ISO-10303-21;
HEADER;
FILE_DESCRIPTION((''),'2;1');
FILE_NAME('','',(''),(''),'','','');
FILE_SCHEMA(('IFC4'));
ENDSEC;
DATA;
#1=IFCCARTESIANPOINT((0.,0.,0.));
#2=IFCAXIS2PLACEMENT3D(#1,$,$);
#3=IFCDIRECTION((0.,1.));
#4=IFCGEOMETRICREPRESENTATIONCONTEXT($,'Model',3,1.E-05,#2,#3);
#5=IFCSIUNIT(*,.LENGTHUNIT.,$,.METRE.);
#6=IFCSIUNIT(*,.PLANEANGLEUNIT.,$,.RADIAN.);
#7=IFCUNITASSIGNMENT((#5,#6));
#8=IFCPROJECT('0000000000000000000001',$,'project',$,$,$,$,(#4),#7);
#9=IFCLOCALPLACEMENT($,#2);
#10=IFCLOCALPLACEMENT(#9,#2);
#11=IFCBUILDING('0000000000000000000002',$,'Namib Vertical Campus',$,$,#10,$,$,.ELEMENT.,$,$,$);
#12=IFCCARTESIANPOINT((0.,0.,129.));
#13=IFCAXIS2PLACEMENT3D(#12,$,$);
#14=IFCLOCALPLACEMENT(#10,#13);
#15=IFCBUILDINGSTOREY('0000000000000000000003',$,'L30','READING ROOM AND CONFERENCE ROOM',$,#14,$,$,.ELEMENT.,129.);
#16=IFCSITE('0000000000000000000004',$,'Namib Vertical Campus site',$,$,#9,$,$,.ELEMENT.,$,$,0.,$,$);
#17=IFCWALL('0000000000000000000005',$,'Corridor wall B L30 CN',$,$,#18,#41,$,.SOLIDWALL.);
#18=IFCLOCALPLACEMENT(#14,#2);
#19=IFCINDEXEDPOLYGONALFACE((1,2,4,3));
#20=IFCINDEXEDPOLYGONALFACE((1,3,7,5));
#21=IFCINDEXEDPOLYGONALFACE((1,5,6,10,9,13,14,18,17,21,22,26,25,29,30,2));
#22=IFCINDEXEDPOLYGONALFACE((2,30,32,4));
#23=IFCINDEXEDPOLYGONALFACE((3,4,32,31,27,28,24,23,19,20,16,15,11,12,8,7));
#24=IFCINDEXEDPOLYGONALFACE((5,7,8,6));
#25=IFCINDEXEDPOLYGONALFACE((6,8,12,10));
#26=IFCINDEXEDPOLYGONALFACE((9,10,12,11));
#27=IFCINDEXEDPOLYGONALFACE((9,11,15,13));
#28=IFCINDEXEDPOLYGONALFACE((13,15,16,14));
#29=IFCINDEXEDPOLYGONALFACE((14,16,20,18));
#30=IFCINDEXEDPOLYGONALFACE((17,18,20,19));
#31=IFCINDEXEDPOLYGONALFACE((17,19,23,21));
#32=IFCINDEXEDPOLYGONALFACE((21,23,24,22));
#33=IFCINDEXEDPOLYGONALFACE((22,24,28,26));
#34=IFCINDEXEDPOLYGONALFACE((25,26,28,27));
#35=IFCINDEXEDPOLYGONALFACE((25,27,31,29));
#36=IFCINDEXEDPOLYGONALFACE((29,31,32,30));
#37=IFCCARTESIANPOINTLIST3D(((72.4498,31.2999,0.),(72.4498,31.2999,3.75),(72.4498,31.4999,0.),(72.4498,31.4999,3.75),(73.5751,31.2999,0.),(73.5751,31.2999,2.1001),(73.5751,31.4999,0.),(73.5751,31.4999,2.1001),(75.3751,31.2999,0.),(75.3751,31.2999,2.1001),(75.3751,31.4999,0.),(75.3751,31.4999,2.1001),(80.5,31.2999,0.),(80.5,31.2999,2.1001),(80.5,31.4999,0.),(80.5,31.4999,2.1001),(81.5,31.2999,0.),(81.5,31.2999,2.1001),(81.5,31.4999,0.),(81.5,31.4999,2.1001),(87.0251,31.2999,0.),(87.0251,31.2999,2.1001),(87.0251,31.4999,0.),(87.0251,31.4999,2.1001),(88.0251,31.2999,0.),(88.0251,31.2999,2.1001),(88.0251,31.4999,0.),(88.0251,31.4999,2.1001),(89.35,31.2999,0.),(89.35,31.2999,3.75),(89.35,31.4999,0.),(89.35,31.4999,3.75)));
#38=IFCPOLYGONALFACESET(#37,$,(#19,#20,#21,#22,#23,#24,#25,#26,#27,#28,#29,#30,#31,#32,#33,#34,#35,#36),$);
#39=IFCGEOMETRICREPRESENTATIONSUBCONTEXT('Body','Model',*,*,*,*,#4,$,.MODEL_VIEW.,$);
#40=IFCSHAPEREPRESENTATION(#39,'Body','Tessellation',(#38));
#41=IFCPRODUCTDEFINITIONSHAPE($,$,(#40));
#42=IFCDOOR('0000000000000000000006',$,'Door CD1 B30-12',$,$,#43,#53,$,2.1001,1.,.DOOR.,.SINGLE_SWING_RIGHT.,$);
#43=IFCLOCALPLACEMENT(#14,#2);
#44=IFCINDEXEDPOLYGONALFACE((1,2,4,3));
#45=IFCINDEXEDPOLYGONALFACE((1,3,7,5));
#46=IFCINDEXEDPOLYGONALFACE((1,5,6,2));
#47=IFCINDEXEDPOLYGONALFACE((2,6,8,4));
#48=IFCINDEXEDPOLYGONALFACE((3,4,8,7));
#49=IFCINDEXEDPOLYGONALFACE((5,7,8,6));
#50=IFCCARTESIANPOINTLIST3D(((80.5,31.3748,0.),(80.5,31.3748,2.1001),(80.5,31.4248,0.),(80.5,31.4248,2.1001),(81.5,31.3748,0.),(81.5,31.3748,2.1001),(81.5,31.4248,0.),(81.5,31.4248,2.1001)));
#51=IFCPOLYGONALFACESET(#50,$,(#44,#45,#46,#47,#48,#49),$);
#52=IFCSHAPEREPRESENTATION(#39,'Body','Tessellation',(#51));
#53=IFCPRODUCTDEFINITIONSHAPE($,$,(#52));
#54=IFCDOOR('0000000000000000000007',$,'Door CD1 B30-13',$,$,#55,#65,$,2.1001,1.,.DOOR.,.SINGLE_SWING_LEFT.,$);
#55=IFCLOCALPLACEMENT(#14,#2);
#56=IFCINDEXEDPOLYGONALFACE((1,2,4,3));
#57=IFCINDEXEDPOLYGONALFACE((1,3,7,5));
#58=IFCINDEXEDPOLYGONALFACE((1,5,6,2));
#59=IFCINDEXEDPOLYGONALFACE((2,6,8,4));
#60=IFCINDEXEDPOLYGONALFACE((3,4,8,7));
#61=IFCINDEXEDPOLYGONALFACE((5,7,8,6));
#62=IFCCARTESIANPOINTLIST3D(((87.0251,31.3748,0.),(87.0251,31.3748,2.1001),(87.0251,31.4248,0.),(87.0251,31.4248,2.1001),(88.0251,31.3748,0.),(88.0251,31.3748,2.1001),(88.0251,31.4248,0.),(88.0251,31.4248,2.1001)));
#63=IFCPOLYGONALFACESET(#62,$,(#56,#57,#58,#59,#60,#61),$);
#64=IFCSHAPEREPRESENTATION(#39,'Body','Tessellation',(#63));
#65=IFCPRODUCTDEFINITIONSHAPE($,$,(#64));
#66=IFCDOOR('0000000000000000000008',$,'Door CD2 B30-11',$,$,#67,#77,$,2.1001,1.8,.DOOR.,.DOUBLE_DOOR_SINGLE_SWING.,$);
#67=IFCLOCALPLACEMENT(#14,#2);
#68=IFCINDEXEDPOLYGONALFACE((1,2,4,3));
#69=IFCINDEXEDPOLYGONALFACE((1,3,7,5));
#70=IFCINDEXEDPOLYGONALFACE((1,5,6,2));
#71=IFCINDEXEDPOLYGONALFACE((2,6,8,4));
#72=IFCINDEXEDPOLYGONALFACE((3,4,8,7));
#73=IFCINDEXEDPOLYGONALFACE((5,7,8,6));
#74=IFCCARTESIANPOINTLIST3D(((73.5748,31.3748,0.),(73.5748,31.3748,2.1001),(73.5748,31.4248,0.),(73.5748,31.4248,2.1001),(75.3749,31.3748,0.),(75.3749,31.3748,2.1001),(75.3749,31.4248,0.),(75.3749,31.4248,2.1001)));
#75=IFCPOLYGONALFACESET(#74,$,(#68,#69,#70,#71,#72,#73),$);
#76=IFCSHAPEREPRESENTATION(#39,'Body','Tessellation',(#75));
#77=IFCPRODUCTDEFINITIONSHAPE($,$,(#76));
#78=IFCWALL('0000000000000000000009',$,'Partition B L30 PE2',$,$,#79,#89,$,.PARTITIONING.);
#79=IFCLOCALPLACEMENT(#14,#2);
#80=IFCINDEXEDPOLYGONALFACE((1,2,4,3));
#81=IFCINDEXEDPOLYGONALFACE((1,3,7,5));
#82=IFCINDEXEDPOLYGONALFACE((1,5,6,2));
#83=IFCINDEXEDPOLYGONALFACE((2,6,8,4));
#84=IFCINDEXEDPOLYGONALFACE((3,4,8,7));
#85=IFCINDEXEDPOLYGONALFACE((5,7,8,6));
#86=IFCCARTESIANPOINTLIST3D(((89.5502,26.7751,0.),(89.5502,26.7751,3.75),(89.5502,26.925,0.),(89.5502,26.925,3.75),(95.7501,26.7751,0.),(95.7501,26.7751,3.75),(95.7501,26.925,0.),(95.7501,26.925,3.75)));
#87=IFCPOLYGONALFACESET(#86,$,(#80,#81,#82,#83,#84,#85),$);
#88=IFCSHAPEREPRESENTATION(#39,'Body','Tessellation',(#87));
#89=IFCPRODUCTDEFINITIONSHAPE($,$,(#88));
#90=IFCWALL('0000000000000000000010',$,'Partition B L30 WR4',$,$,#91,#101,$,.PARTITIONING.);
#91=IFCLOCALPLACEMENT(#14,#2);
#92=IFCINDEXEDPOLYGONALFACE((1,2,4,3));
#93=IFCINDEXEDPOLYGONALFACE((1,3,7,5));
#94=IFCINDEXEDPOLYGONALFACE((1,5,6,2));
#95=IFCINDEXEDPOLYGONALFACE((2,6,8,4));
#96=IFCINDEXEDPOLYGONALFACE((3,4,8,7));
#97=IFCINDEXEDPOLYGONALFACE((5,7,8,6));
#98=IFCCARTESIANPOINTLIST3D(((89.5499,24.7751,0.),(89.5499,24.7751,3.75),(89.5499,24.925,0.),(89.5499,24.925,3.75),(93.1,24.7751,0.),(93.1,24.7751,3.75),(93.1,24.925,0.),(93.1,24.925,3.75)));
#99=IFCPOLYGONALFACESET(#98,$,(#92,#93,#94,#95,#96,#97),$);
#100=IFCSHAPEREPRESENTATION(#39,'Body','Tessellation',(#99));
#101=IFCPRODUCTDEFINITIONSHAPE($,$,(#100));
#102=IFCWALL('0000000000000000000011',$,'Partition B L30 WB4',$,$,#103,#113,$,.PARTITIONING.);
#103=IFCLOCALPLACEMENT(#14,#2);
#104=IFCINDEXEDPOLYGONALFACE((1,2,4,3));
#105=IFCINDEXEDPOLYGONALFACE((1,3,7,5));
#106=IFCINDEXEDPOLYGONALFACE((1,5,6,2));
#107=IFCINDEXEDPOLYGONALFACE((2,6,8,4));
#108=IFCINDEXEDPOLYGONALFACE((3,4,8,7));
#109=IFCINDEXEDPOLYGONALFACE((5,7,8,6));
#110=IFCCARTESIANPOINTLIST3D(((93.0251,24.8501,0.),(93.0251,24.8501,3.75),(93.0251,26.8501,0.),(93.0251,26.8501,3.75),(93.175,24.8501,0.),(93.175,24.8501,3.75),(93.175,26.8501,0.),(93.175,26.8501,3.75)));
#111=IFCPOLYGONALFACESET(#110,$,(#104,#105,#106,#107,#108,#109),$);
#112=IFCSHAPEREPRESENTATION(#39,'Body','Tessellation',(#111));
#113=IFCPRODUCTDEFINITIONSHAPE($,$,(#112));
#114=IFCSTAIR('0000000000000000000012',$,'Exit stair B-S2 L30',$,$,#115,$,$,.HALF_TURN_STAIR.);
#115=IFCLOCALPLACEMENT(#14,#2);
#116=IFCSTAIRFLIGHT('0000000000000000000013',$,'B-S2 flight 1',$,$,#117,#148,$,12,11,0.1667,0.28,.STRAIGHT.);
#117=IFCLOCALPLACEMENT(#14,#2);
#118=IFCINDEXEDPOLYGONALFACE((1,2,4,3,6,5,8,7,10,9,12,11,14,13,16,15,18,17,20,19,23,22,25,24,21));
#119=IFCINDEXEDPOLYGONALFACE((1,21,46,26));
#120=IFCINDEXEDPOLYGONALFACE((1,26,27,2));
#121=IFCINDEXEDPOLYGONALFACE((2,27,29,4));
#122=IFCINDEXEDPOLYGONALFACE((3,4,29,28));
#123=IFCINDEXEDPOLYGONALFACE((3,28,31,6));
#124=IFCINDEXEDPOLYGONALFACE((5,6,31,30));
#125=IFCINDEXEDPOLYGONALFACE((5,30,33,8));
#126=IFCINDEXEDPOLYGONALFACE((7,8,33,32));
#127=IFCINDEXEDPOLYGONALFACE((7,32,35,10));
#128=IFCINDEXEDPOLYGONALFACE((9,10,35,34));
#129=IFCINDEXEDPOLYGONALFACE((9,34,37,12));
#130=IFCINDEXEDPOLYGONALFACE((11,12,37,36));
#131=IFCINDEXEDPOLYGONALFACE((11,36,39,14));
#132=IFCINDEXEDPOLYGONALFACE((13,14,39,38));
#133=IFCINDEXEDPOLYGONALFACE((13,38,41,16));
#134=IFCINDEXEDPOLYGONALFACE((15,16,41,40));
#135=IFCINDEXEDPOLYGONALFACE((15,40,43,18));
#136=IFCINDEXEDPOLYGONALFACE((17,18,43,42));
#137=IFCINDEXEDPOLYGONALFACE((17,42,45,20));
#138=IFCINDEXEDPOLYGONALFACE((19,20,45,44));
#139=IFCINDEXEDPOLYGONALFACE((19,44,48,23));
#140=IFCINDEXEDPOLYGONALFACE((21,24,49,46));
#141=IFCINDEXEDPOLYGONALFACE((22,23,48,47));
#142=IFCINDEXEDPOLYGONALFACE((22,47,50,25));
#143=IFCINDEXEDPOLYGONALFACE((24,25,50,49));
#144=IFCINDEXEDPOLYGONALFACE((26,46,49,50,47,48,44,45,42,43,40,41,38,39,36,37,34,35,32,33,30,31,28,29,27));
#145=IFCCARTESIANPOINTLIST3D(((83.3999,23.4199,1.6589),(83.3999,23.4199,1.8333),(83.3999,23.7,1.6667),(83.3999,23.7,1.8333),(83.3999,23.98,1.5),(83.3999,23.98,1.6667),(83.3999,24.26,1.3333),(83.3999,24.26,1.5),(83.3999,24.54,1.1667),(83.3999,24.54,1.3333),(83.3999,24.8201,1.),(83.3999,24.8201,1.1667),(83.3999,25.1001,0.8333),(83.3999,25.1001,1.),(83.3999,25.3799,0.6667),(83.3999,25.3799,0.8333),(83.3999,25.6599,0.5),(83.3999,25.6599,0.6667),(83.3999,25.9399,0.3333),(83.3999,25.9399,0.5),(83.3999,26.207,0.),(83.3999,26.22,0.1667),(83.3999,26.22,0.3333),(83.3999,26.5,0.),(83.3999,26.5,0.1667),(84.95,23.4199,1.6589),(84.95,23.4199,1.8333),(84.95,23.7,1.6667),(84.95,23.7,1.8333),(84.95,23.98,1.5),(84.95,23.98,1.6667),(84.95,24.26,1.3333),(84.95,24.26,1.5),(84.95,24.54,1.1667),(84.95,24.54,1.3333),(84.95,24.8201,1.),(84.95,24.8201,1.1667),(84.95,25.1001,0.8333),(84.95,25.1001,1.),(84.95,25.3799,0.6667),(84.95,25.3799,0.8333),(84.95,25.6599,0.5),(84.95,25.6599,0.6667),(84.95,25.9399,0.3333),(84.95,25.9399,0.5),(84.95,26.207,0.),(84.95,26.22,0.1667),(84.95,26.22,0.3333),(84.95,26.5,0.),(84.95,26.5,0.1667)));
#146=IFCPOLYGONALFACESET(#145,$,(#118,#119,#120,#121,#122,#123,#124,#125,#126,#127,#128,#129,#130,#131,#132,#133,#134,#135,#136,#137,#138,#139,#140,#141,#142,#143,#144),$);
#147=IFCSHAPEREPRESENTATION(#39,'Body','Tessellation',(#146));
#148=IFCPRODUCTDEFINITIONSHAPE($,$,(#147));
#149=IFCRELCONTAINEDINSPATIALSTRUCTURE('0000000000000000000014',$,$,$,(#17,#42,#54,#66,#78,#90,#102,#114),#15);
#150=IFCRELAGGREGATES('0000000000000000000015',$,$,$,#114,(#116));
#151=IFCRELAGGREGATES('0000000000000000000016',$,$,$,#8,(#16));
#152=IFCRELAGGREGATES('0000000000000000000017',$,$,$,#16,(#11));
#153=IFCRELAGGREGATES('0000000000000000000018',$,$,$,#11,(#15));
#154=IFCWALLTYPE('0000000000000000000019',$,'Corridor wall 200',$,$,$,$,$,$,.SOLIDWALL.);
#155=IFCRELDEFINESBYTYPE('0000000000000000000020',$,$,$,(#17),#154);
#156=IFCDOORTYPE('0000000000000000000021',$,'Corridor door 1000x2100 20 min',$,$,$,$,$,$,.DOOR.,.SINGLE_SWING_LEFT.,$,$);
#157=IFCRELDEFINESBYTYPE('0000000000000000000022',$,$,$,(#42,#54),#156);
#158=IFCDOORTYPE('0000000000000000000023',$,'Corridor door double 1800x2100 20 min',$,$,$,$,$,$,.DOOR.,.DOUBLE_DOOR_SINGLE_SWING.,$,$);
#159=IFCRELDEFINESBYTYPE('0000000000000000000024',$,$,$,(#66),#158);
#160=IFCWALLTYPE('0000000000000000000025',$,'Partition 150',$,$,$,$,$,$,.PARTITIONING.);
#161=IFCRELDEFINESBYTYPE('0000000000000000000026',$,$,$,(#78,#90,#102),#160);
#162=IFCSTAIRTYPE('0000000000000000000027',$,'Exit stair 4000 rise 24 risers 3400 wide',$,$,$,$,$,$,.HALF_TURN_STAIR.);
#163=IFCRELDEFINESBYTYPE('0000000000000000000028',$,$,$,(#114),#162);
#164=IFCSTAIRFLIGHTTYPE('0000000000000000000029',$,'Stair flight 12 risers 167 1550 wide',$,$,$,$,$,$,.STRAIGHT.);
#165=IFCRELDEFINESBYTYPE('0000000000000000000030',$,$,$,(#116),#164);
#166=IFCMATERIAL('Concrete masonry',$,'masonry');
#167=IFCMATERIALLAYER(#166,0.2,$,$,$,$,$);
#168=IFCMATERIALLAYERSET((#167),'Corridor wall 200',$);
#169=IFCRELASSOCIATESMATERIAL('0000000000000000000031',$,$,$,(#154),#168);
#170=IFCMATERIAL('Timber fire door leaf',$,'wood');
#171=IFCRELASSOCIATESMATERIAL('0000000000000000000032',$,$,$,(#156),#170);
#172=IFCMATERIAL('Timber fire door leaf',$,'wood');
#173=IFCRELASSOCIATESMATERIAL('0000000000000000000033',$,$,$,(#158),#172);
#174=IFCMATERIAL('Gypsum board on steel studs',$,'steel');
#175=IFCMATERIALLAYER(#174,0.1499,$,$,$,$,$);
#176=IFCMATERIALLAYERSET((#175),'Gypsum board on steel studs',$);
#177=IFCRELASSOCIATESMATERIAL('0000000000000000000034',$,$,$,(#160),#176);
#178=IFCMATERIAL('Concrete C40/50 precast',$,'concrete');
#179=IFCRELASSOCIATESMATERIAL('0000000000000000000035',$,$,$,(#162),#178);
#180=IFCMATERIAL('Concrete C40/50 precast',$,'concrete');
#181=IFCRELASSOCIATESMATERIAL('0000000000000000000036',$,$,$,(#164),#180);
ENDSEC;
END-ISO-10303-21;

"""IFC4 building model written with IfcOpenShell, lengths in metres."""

from ifc_helpers import new_model, si_unit, direction, frame, frame_2d, origin, place, context, subcontext, project, spatial, polyline, rectangle, outline, extrude, material, layer, layer_set, type_object, element, fill, aggregate, save


model = new_model("IFC4")

# Units and contexts
model_context = context("Model", 3, precision=1e-05, world=origin(), true_north=direction((0.0, 1.0)))
body_context = subcontext(model_context, "Body", "Model", "MODEL_VIEW")
ifc_project = project(units=[si_unit("LENGTHUNIT", "METRE"), si_unit("PLANEANGLEUNIT", "RADIAN")], contexts=[model_context])

# Site, building, storey
site_placement = place(None, origin())
site = spatial("IfcSite", under=ifc_project, at=site_placement, Name="Namib Vertical Campus site", CompositionType="ELEMENT", RefElevation=0.0)
building_placement = place(site_placement, origin())
building = spatial("IfcBuilding", under=site, at=building_placement, Name="Namib Vertical Campus", CompositionType="ELEMENT")
storey_placement = place(building_placement, frame((0.0, 0.0, 129.0)))
storey = spatial("IfcBuildingStorey", under=building, at=storey_placement, Name="L30", Description="READING ROOM AND CONFERENCE ROOM", CompositionType="ELEMENT", Elevation=129.0)

# Wall, openings, doors
ifc_material_1 = material(Name="Concrete masonry", Category="masonry")
ifc_layer_1 = layer(ifc_material_1, 0.2)
ifc_layer_set_1 = layer_set([ifc_layer_1], Name="Corridor wall 200")
wall_type_1 = type_object("IfcWallType", Name="Corridor wall 200", PredefinedType="SOLIDWALL", material=ifc_layer_set_1)
wall_1_placement = place(storey_placement, frame((89.3501, 31.3999, 0.0), z_axis=(0.0, 0.0, 1.0), x_axis=(-1.0, 0.0, 0.0)))
wall_1 = element("IfcWall", 1, at=wall_1_placement, inside=storey, type_object=wall_type_1, Name="Corridor wall B L30 CN", PredefinedType="SOLIDWALL", context=body_context, shape_type="SweptSolid", body=[
    extrude(rectangle(XDim=16.9001, YDim=0.2, at=frame_2d((8.4502, 0.0))), origin(), (0.0, 0.0, 1.0), 3.75),
])
opening_1_placement = place(wall_1_placement, frame((13.9751, 0.0, 0.0)))
opening_1 = element("IfcOpeningElement", 2, at=opening_1_placement, cuts=wall_1, PredefinedType="OPENING", context=body_context, shape_type="SweptSolid", body=[
    extrude(rectangle(XDim=1.8, YDim=2.1001, at=frame_2d((0.8999, 1.05))), frame((0.0, 0.1099, 0.0), z_axis=(0.0, -1.0, 0.0), x_axis=(1.0, 0.0, 0.0)), (0.0, 0.0, 1.0), 0.22),
])
opening_2_placement = place(wall_1_placement, frame((7.8501, 0.0, 0.0)))
opening_2 = element("IfcOpeningElement", 3, at=opening_2_placement, cuts=wall_1, PredefinedType="OPENING", context=body_context, shape_type="SweptSolid", body=[
    extrude(rectangle(XDim=1.0, YDim=2.1001, at=frame_2d((0.5, 1.05))), frame((0.0, 0.1099, 0.0), z_axis=(0.0, -1.0, 0.0), x_axis=(1.0, 0.0, 0.0)), (0.0, 0.0, 1.0), 0.22),
])
opening_3_placement = place(wall_1_placement, frame((1.325, 0.0, 0.0)))
opening_3 = element("IfcOpeningElement", 4, at=opening_3_placement, cuts=wall_1, PredefinedType="OPENING", context=body_context, shape_type="SweptSolid", body=[
    extrude(rectangle(XDim=1.0, YDim=2.1001, at=frame_2d((0.5, 1.05))), frame((0.0, 0.1099, 0.0), z_axis=(0.0, -1.0, 0.0), x_axis=(1.0, 0.0, 0.0)), (0.0, 0.0, 1.0), 0.22),
])
ifc_material_2 = material(Name="Timber fire door leaf", Category="wood")
door_type_1 = type_object("IfcDoorType", Name="Corridor door 1000x2100 20 min", OperationType="SINGLE_SWING_LEFT", PredefinedType="DOOR", material=ifc_material_2)
door_1_placement = place(opening_2_placement, frame((1.0, 0.0, 0.0), z_axis=(0.0, 0.0, 1.0), x_axis=(-1.0, 0.0, 0.0)))
door_1 = element("IfcDoor", 5, at=door_1_placement, inside=storey, type_object=door_type_1, Name="Door CD1 B30-12", OperationType="SINGLE_SWING_RIGHT", OverallHeight=2.1001, OverallWidth=1.0, PredefinedType="DOOR", context=body_context, shape_type="SweptSolid", body=[
    extrude(rectangle(XDim=1.0, YDim=2.1001, at=frame_2d((0.5, 1.05))), frame((0.0, 0.0249, 0.0), z_axis=(0.0, -1.0, 0.0), x_axis=(1.0, 0.0, 0.0)), (0.0, 0.0, 1.0), 0.05),
])
fill(opening_2, door_1)
door_2_placement = place(opening_3_placement, frame((1.0, 0.0, 0.0), z_axis=(0.0, 0.0, 1.0), x_axis=(-1.0, 0.0, 0.0)))
door_2 = element("IfcDoor", 6, at=door_2_placement, inside=storey, type_object=door_type_1, Name="Door CD1 B30-13", OperationType="SINGLE_SWING_LEFT", OverallHeight=2.1001, OverallWidth=1.0, PredefinedType="DOOR", context=body_context, shape_type="SweptSolid", body=[
    extrude(rectangle(XDim=1.0, YDim=2.1001, at=frame_2d((0.5, 1.05))), frame((0.0, 0.0249, 0.0), z_axis=(0.0, -1.0, 0.0), x_axis=(1.0, 0.0, 0.0)), (0.0, 0.0, 1.0), 0.05),
])
fill(opening_3, door_2)
ifc_material_3 = material(Name="Timber fire door leaf", Category="wood")
door_type_2 = type_object("IfcDoorType", Name="Corridor door double 1800x2100 20 min", OperationType="DOUBLE_DOOR_SINGLE_SWING", PredefinedType="DOOR", material=ifc_material_3)
door_3_placement = place(opening_1_placement, frame((1.8, 0.0, 0.0), z_axis=(0.0, 0.0, 1.0), x_axis=(-1.0, 0.0, 0.0)))
door_3 = element("IfcDoor", 7, at=door_3_placement, inside=storey, type_object=door_type_2, Name="Door CD2 B30-11", OperationType="DOUBLE_DOOR_SINGLE_SWING", OverallHeight=2.1001, OverallWidth=1.8, PredefinedType="DOOR", context=body_context, shape_type="SweptSolid", body=[
    extrude(rectangle(XDim=1.8, YDim=2.1001, at=frame_2d((0.8999, 1.05))), frame((0.0, 0.0249, 0.0), z_axis=(0.0, -1.0, 0.0), x_axis=(1.0, 0.0, 0.0)), (0.0, 0.0, 1.0), 0.05),
])
fill(opening_1, door_3)

# Walls
ifc_material_4 = material(Name="Gypsum board on steel studs", Category="steel")
ifc_layer_2 = layer(ifc_material_4, 0.1499)
ifc_layer_set_2 = layer_set([ifc_layer_2], Name="Gypsum board on steel studs")
wall_type_2 = type_object("IfcWallType", Name="Partition 150", PredefinedType="PARTITIONING", material=ifc_layer_set_2)
wall_2_placement = place(storey_placement, frame((89.55, 26.8501, 0.0), z_axis=(0.0, 0.0, 1.0), x_axis=(1.0, 0.0, 0.0)))
element("IfcWall", 8, at=wall_2_placement, inside=storey, type_object=wall_type_2, Name="Partition B L30 PE2", PredefinedType="PARTITIONING", context=body_context, shape_type="SweptSolid", body=[
    extrude(rectangle(XDim=6.2, YDim=0.1499, at=frame_2d((3.1001, 0.0))), origin(), (0.0, 0.0, 1.0), 3.75),
])
wall_3_placement = place(storey_placement, frame((89.55, 24.8501, 0.0), z_axis=(0.0, 0.0, 1.0), x_axis=(1.0, 0.0, 0.0)))
element("IfcWall", 9, at=wall_3_placement, inside=storey, type_object=wall_type_2, Name="Partition B L30 WR4", PredefinedType="PARTITIONING", context=body_context, shape_type="SweptSolid", body=[
    extrude(rectangle(XDim=3.55, YDim=0.1499, at=frame_2d((1.7749, 0.0))), origin(), (0.0, 0.0, 1.0), 3.75),
])
wall_4_placement = place(storey_placement, frame((93.1001, 24.8501, 0.0), z_axis=(0.0, 0.0, 1.0), x_axis=(0.0, 1.0, 0.0)))
element("IfcWall", 10, at=wall_4_placement, inside=storey, type_object=wall_type_2, Name="Partition B L30 WB4", PredefinedType="PARTITIONING", context=body_context, shape_type="SweptSolid", body=[
    extrude(rectangle(XDim=2.0, YDim=0.1499, at=frame_2d((1.0, 0.0))), origin(), (0.0, 0.0, 1.0), 3.75),
])

# Stair, stair flight
ifc_material_5 = material(Name="Concrete C40/50 precast", Category="concrete")
stair_type = type_object("IfcStairType", Name="Exit stair 4000 rise 24 risers 3400 wide", PredefinedType="HALF_TURN_STAIR", material=ifc_material_5)
stair_placement = place(storey_placement, origin())
stair = element("IfcStair", 11, at=stair_placement, inside=storey, type_object=stair_type, Name="Exit stair B-S2 L30", PredefinedType="HALF_TURN_STAIR")
ifc_material_6 = material(Name="Concrete C40/50 precast", Category="concrete")
stair_flight_type = type_object("IfcStairFlightType", Name="Stair flight 12 risers 167 1550 wide", PredefinedType="STRAIGHT", material=ifc_material_6)
stair_flight_1_placement = place(storey_placement, frame((84.175, 26.5, 0.0), z_axis=(0.0, 0.0, 1.0), x_axis=(0.0, -1.0, 0.0)))
stair_flight_1 = element("IfcStairFlight", 12, at=stair_flight_1_placement, type_object=stair_flight_type, Name="B-S2 flight 1", NumberOfRisers=12, NumberOfTreads=11, PredefinedType="STRAIGHT", RiserHeight=0.1667, TreadLength=0.28, context=body_context, shape_type="SweptSolid", body=[
    extrude(outline(polyline([(0.0, 0.0), (0.0, 0.1667), (0.28, 0.1667), (0.28, 0.3333), (0.5601, 0.3333), (0.5601, 0.5), (0.8401, 0.5), (0.8401, 0.6667), (1.1201, 0.6667), (1.1201, 0.8333), (1.3999, 0.8333), (1.3999, 1.0), (1.6799, 1.0), (1.6799, 1.1667), (1.96, 1.1667), (1.96, 1.3333), (2.24, 1.3333), (2.24, 1.5), (2.52, 1.5), (2.52, 1.6667), (2.8, 1.6667), (2.8, 1.8333), (3.0801, 1.8333), (3.0801, 2.0), (3.0801, 1.6589), (0.293, 0.0), (0.0, 0.0)])), frame((0.0, 0.7749, 0.0), z_axis=(0.0, -1.0, 0.0), x_axis=(1.0, 0.0, 0.0)), (0.0, 0.0, 1.0), 1.55),
])
aggregate(stair, [stair_flight_1])

save(model, "model.ifc")
